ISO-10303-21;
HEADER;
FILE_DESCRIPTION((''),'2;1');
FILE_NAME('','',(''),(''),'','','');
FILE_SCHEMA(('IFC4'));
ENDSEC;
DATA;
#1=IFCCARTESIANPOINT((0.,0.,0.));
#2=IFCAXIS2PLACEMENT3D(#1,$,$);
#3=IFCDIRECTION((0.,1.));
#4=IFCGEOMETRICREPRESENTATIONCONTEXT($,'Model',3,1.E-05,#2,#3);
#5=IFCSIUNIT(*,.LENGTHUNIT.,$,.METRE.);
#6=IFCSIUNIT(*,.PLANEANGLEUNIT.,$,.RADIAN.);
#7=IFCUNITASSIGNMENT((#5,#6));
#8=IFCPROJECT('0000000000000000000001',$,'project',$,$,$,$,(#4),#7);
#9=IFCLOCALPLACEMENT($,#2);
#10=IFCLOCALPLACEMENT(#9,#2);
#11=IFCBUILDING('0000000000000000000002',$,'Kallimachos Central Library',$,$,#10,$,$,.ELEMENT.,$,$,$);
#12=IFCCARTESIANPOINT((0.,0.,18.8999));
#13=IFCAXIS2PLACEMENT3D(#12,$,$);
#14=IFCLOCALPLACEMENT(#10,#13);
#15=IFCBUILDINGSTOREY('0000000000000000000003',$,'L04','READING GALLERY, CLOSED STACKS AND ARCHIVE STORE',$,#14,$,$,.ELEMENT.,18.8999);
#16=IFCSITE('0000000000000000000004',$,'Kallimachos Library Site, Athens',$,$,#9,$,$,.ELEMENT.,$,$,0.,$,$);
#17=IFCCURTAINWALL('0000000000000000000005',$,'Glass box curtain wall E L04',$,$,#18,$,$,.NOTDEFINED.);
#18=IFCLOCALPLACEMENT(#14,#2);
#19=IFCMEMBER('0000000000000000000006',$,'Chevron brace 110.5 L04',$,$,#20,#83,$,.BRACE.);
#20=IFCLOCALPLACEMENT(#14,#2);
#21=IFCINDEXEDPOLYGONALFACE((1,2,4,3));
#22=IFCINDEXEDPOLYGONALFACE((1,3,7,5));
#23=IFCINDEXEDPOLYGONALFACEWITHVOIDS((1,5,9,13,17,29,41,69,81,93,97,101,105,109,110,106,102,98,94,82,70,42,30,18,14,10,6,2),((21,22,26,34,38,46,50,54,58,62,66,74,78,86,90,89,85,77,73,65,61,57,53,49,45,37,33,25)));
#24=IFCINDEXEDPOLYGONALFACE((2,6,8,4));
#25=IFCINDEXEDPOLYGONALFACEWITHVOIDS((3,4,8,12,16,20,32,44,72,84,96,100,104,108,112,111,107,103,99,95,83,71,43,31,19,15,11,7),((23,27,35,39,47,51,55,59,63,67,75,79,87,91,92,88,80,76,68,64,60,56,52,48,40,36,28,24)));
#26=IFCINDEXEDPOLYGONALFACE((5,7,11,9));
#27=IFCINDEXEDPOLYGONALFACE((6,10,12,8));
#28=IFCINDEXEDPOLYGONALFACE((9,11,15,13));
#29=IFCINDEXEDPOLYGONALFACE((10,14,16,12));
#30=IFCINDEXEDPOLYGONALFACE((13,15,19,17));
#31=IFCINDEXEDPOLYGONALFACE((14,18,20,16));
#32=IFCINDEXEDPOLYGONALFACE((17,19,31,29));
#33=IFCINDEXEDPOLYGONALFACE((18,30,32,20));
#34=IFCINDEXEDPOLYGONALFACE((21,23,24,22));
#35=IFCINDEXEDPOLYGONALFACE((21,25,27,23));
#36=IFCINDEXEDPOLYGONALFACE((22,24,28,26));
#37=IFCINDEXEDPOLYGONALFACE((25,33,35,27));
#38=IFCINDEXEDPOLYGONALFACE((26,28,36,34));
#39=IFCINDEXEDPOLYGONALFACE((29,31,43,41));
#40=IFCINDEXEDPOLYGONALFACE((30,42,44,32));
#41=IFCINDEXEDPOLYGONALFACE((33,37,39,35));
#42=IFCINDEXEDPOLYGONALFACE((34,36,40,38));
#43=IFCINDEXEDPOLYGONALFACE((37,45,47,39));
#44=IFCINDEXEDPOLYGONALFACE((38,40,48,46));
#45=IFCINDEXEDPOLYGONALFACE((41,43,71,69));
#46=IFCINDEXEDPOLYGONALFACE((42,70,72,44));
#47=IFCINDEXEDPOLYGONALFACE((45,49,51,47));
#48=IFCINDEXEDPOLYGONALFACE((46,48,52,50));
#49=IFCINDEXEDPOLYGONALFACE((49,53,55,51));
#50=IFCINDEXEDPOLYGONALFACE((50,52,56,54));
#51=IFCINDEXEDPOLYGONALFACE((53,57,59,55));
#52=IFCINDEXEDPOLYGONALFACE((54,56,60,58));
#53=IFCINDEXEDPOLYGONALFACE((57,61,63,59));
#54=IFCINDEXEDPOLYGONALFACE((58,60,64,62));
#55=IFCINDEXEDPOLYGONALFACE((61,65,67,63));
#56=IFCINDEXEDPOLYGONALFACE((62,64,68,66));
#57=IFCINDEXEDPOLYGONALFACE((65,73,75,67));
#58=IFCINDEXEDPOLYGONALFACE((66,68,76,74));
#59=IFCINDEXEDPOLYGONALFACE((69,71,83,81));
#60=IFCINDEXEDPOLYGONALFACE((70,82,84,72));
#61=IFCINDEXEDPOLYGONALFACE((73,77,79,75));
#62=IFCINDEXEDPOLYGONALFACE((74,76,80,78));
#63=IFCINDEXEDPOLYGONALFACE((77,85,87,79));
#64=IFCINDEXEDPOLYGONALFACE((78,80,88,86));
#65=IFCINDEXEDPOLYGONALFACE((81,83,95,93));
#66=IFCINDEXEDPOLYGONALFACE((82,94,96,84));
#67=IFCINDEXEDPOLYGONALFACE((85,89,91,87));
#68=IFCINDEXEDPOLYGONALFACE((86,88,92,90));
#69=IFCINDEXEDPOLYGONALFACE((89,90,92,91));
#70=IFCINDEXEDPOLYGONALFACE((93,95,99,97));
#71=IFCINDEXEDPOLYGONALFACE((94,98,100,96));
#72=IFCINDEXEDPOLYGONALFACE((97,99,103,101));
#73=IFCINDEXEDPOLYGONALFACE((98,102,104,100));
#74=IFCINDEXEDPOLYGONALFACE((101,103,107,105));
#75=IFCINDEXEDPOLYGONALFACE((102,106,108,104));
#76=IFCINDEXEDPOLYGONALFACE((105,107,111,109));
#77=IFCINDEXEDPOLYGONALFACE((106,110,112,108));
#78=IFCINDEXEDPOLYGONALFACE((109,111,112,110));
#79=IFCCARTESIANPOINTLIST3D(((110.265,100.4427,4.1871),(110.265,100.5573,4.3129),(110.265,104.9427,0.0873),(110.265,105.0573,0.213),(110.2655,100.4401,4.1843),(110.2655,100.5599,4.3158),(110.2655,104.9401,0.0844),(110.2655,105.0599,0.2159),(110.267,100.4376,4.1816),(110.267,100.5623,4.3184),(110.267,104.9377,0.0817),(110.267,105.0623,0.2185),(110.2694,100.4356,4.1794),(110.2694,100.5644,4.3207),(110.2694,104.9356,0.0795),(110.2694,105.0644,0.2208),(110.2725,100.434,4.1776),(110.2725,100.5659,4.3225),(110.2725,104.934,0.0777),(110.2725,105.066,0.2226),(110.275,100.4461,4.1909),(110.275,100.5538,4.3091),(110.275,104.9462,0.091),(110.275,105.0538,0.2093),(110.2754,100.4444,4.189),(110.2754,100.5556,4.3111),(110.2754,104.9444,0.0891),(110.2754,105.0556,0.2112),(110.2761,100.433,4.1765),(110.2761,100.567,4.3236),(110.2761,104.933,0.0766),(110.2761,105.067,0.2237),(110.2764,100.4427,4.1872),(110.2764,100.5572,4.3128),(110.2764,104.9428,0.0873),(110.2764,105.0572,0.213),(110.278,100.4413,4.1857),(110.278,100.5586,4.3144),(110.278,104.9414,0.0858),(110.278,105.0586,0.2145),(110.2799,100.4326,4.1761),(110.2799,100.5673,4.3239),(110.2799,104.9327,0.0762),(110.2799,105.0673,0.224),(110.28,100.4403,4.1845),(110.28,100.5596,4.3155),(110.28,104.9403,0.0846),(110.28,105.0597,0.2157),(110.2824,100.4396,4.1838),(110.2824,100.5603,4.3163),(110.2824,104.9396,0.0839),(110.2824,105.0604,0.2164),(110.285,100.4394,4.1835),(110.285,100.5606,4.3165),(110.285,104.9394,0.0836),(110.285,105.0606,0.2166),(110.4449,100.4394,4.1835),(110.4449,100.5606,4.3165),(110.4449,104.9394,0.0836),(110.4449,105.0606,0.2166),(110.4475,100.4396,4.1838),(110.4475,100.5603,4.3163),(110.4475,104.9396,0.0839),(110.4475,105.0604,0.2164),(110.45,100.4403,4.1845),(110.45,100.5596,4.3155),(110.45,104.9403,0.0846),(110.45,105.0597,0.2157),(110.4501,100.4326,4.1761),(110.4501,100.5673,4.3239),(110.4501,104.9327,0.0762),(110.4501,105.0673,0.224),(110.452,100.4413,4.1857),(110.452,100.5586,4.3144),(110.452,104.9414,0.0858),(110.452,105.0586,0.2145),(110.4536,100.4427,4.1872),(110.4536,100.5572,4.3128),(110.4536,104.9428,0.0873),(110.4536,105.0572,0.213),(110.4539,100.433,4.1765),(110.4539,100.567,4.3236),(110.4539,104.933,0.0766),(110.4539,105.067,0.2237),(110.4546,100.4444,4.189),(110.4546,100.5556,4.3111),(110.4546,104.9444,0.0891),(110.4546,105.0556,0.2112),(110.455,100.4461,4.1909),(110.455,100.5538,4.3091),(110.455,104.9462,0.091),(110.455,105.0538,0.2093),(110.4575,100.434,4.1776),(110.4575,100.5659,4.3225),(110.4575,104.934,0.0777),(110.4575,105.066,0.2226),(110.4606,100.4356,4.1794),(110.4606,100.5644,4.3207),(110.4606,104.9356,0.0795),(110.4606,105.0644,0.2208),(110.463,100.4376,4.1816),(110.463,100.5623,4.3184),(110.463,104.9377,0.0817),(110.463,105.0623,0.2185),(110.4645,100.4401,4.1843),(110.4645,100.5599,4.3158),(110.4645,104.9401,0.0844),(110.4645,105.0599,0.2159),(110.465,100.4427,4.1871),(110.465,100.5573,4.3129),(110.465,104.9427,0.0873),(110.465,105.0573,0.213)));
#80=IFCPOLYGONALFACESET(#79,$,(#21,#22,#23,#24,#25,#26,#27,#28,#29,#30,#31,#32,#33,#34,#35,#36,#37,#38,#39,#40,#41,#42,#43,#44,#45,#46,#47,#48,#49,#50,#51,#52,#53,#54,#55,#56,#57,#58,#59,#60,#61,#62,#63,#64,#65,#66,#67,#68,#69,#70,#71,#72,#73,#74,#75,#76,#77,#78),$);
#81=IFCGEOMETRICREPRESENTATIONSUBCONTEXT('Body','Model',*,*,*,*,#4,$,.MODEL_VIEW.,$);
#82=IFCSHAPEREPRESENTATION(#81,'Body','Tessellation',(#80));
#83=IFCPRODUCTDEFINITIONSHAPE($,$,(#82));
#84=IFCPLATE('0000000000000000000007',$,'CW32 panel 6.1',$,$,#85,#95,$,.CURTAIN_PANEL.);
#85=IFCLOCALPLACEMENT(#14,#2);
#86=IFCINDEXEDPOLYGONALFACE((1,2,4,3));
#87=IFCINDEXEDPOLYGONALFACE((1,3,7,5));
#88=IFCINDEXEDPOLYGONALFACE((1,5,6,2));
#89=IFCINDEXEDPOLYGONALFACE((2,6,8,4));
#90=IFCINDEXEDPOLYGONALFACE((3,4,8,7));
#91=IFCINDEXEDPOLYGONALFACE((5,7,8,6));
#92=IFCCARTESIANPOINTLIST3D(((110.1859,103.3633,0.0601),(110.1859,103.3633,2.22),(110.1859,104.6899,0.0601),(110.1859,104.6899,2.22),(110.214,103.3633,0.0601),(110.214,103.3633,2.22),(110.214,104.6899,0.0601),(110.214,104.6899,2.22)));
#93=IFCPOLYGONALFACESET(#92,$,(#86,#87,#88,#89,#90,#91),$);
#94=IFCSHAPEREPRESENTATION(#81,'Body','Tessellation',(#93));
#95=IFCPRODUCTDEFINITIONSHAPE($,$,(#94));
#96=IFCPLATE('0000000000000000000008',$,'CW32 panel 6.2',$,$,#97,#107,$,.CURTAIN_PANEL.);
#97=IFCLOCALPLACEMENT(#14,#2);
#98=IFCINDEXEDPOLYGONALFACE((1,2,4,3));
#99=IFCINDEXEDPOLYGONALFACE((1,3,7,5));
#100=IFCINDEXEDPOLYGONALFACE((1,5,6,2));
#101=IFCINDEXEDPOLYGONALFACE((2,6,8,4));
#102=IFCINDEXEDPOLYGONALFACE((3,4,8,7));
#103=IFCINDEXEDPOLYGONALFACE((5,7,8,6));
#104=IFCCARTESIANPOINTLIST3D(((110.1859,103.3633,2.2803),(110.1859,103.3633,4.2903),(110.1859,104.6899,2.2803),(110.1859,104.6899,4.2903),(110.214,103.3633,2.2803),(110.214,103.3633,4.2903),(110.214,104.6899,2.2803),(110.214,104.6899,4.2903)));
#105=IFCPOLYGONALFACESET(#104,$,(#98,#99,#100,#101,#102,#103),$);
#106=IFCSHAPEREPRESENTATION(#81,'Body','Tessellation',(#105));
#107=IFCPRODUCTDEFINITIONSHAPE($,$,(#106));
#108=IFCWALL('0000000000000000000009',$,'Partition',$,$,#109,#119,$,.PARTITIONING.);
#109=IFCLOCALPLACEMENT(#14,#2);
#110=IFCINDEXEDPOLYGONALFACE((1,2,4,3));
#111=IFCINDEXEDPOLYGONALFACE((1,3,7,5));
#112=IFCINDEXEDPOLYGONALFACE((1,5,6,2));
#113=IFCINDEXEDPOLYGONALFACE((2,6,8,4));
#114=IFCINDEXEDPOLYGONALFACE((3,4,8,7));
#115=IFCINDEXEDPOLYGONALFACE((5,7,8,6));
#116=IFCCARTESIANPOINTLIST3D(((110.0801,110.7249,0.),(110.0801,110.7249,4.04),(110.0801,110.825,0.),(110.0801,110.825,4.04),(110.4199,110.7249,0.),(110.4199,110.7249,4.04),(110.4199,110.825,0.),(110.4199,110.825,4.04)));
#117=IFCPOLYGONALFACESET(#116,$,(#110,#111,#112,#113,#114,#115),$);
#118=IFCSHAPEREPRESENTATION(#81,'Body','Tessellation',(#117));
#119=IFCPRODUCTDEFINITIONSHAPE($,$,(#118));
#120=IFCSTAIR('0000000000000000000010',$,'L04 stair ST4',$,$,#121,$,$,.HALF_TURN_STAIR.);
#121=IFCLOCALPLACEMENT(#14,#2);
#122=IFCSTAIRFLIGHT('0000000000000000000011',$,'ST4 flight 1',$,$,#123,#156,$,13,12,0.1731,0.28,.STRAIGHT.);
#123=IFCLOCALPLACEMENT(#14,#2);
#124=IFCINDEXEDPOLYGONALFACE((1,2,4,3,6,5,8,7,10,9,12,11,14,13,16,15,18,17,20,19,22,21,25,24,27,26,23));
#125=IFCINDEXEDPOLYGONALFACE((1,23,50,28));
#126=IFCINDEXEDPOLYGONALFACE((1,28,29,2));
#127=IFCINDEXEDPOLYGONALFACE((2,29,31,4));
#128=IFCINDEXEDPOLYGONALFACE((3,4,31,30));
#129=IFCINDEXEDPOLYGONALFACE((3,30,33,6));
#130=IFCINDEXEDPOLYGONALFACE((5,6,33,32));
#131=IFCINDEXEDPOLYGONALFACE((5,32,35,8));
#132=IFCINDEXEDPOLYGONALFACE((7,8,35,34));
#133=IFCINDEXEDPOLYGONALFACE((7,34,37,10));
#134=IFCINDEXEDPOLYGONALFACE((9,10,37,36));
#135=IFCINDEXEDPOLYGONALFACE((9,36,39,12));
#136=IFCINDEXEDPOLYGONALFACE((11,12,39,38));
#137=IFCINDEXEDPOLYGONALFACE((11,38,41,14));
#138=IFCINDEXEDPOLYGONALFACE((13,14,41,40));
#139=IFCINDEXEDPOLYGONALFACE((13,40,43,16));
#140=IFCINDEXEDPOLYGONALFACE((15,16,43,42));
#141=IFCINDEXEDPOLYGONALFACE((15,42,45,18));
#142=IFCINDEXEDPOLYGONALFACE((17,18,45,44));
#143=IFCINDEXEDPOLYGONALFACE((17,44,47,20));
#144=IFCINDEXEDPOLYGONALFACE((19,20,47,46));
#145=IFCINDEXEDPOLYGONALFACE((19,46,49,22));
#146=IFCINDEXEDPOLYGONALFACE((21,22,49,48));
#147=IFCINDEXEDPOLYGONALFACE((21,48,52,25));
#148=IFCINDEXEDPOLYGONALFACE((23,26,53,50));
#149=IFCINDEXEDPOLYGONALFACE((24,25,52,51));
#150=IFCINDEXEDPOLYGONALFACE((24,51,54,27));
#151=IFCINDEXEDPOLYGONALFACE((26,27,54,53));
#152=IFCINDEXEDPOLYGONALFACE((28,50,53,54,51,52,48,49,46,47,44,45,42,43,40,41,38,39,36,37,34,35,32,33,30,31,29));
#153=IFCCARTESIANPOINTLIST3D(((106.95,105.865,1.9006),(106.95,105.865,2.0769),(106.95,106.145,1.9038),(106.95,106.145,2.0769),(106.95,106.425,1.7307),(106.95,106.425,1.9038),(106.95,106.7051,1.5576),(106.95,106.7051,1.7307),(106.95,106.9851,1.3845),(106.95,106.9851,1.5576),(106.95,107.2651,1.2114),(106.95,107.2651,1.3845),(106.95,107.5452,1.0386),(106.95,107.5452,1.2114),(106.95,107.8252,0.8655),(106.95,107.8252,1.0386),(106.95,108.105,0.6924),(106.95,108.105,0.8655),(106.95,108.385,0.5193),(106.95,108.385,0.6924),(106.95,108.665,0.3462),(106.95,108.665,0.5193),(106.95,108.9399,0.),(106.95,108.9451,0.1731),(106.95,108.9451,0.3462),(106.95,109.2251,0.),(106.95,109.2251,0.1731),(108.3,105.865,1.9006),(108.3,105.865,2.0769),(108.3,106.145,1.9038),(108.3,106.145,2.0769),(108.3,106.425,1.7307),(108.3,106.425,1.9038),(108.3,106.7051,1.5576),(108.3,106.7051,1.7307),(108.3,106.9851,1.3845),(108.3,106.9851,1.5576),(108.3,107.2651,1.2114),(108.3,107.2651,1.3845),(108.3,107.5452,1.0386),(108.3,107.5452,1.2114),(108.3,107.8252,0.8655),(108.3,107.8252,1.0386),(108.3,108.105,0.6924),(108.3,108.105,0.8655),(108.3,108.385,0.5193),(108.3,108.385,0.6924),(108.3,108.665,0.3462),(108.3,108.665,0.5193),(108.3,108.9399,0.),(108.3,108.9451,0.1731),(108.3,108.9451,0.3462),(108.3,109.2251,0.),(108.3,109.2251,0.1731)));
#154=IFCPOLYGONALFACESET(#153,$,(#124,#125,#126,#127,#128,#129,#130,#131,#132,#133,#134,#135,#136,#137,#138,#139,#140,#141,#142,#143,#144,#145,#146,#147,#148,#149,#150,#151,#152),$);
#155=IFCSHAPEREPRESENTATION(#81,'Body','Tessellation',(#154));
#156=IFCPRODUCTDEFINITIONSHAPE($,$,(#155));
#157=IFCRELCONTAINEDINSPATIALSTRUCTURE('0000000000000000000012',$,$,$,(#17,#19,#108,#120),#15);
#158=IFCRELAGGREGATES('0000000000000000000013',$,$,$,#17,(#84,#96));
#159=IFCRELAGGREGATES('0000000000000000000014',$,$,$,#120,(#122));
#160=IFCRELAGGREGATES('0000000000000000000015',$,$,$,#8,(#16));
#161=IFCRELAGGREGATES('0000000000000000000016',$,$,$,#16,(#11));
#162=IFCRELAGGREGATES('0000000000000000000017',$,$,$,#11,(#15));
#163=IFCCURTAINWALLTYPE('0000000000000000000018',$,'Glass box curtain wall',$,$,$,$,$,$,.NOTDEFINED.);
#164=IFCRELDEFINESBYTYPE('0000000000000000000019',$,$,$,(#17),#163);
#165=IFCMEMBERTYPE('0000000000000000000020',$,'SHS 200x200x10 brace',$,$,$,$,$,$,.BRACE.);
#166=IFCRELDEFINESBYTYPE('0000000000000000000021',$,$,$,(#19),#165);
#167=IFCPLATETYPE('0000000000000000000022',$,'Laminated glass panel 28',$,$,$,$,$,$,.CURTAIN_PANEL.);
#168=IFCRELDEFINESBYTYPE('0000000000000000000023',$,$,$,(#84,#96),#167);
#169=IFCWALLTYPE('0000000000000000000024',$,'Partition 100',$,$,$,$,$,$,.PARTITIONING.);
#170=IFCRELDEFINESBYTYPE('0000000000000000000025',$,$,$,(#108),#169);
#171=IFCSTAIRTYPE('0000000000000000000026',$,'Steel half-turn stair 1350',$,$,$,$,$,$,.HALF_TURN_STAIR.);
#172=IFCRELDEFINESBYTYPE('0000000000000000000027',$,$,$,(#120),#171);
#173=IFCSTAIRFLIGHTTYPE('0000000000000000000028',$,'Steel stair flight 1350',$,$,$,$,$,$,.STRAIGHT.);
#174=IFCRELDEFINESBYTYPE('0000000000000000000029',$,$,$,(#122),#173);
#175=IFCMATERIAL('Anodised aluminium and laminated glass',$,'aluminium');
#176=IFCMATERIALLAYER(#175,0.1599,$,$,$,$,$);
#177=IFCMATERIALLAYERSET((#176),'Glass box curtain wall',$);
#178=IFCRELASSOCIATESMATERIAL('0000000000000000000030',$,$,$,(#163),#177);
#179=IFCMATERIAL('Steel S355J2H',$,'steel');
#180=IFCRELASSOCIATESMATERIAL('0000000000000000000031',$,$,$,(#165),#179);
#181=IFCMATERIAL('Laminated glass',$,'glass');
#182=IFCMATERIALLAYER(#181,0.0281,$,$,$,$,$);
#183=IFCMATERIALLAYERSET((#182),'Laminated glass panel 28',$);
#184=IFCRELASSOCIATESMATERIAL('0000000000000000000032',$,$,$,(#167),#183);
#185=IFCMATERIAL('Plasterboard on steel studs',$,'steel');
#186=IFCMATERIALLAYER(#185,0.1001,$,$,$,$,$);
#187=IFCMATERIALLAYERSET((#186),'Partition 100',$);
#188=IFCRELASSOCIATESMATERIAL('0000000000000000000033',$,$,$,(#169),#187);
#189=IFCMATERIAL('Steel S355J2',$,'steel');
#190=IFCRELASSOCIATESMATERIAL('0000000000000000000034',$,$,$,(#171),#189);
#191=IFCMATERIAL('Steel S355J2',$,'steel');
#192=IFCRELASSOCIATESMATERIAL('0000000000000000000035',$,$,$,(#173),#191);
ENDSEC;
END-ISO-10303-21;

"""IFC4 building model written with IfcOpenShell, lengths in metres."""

from ifc_helpers import new_model, si_unit, direction, frame, frame_2d, origin, origin_2d, place, context, subcontext, project, spatial, polyline, rectangle, hollow_rectangle, outline, extrude, material, layer, layer_set, material_profile, profile_set, type_object, element, aggregate, save


model = new_model("IFC4")

# Units and contexts
model_context = context("Model", 3, precision=1e-05, world=origin(), true_north=direction((0.0, 1.0)))
body_context = subcontext(model_context, "Body", "Model", "MODEL_VIEW")
ifc_project = project(units=[si_unit("LENGTHUNIT", "METRE"), si_unit("PLANEANGLEUNIT", "RADIAN")], contexts=[model_context])

# Site, building, storey
site_placement = place(None, origin())
site = spatial("IfcSite", under=ifc_project, at=site_placement, Name="Kallimachos Library Site, Athens", CompositionType="ELEMENT", RefElevation=0.0)
building_placement = place(site_placement, origin())
building = spatial("IfcBuilding", under=site, at=building_placement, Name="Kallimachos Central Library", CompositionType="ELEMENT")
storey_placement = place(building_placement, frame((0.0, 0.0, 18.8999)))
storey = spatial("IfcBuildingStorey", under=building, at=storey_placement, Name="L04", Description="READING GALLERY, CLOSED STACKS AND ARCHIVE STORE", CompositionType="ELEMENT", Elevation=18.8999)

# Curtain wall
ifc_material_1 = material(Name="Anodised aluminium and laminated glass", Category="aluminium")
ifc_layer_1 = layer(ifc_material_1, 0.1599)
ifc_layer_set_1 = layer_set([ifc_layer_1], Name="Glass box curtain wall")
curtain_wall_type = type_object("IfcCurtainWallType", Name="Glass box curtain wall", PredefinedType="NOTDEFINED", material=ifc_layer_set_1)
curtain_wall_placement = place(storey_placement, origin())
curtain_wall = element("IfcCurtainWall", 1, at=curtain_wall_placement, inside=storey, type_object=curtain_wall_type, Name="Glass box curtain wall E L04", PredefinedType="NOTDEFINED")

# Member
ifc_material_2 = material(Name="Steel S355J2H", Category="steel")
ifc_material_profile_1 = material_profile(ifc_material_2, hollow_rectangle(XDim=0.2, YDim=0.2, WallThickness=0.01, InnerFilletRadius=0.01, OuterFilletRadius=0.0149, at=origin_2d()), Name="SHS 200x200x10")
ifc_profile_set_1 = profile_set([ifc_material_profile_1], Name="Steel S355J2H")
member_type_1 = type_object("IfcMemberType", Name="SHS 200x200x10 brace", PredefinedType="BRACE", material=ifc_profile_set_1)
member_1_placement = place(storey_placement, frame((110.365, 105.0, 0.1501), z_axis=(0.0, -0.739208, 0.673477), x_axis=(1.0, 0.0, 0.0)))
element("IfcMember", 2, at=member_1_placement, inside=storey, type_object=member_type_1, Name="Chevron brace 110.5 L04", PredefinedType="BRACE", context=body_context, shape_type="SweptSolid", body=[
    extrude(hollow_rectangle(XDim=0.2, YDim=0.2, WallThickness=0.01, InnerFilletRadius=0.01, OuterFilletRadius=0.0149, at=origin_2d()), origin(), (0.0, 0.0, 1.0), 6.0876),
])

# Plates
ifc_material_3 = material(Name="Laminated glass", Category="glass")
ifc_layer_2 = layer(ifc_material_3, 0.0281)
ifc_layer_set_2 = layer_set([ifc_layer_2], Name="Laminated glass panel 28")
plate_type = type_object("IfcPlateType", Name="Laminated glass panel 28", PredefinedType="CURTAIN_PANEL", material=ifc_layer_set_2)
plate_1_placement = place(storey_placement, frame((110.2, 104.0266, 0.0601), z_axis=(0.0, 0.0, 1.0), x_axis=(0.0, 1.0, 0.0)))
plate_1 = element("IfcPlate", 3, at=plate_1_placement, type_object=plate_type, Name="CW32 panel 6.1", PredefinedType="CURTAIN_PANEL", context=body_context, shape_type="SweptSolid", body=[
    extrude(rectangle(XDim=1.3267, YDim=0.0281, at=origin_2d()), origin(), (0.0, 0.0, 1.0), 2.1599),
])
plate_2_placement = place(storey_placement, frame((110.2, 104.0266, 2.2803), z_axis=(0.0, 0.0, 1.0), x_axis=(0.0, 1.0, 0.0)))
plate_2 = element("IfcPlate", 4, at=plate_2_placement, type_object=plate_type, Name="CW32 panel 6.2", PredefinedType="CURTAIN_PANEL", context=body_context, shape_type="SweptSolid", body=[
    extrude(rectangle(XDim=1.3267, YDim=0.0281, at=origin_2d()), origin(), (0.0, 0.0, 1.0), 2.01),
])
aggregate(curtain_wall, [plate_1, plate_2])

# Wall
ifc_material_4 = material(Name="Plasterboard on steel studs", Category="steel")
ifc_layer_3 = layer(ifc_material_4, 0.1001)
ifc_layer_set_3 = layer_set([ifc_layer_3], Name="Partition 100")
wall_type = type_object("IfcWallType", Name="Partition 100", PredefinedType="PARTITIONING", material=ifc_layer_set_3)
wall_placement = place(storey_placement, frame((110.4199, 110.7749, 0.0), z_axis=(0.0, 0.0, 1.0), x_axis=(-1.0, 0.0, 0.0)))
element("IfcWall", 5, at=wall_placement, inside=storey, type_object=wall_type, Name="Partition", PredefinedType="PARTITIONING", context=body_context, shape_type="SweptSolid", body=[
    extrude(rectangle(XDim=0.3398, YDim=0.1001, at=frame_2d((0.1699, 0.0))), origin(), (0.0, 0.0, 1.0), 4.04),
])

# Stair, stair flight
ifc_material_5 = material(Name="Steel S355J2", Category="steel")
stair_type = type_object("IfcStairType", Name="Steel half-turn stair 1350", PredefinedType="HALF_TURN_STAIR", material=ifc_material_5)
stair_placement = place(storey_placement, origin())
stair = element("IfcStair", 6, at=stair_placement, inside=storey, type_object=stair_type, Name="L04 stair ST4", PredefinedType="HALF_TURN_STAIR")
ifc_material_6 = material(Name="Steel S355J2", Category="steel")
stair_flight_type = type_object("IfcStairFlightType", Name="Steel stair flight 1350", PredefinedType="STRAIGHT", material=ifc_material_6)
stair_flight_1_placement = place(storey_placement, frame((107.625, 109.2251, 0.0), z_axis=(0.0, 0.0, 1.0), x_axis=(0.0, -1.0, 0.0)))
stair_flight_1 = element("IfcStairFlight", 7, at=stair_flight_1_placement, type_object=stair_flight_type, Name="ST4 flight 1", NumberOfRisers=13, NumberOfTreads=12, PredefinedType="STRAIGHT", RiserHeight=0.1731, TreadLength=0.28, context=body_context, shape_type="SweptSolid", body=[
    extrude(outline(polyline([(0.0, 0.0), (0.0, 0.1731), (0.28, 0.1731), (0.28, 0.3462), (0.5601, 0.3462), (0.5601, 0.5193), (0.8401, 0.5193), (0.8401, 0.6924), (1.1201, 0.6924), (1.1201, 0.8655), (1.3999, 0.8655), (1.3999, 1.0386), (1.6799, 1.0386), (1.6799, 1.2114), (1.96, 1.2114), (1.96, 1.3845), (2.24, 1.3845), (2.24, 1.5576), (2.52, 1.5576), (2.52, 1.7307), (2.8, 1.7307), (2.8, 1.9038), (3.0801, 1.9038), (3.0801, 2.0769), (3.3601, 2.0769), (3.3601, 2.25), (3.3601, 1.9006), (0.2852, 0.0), (0.0, 0.0)])), frame((0.0, 0.675, 0.0), z_axis=(0.0, -1.0, 0.0), x_axis=(1.0, 0.0, 0.0)), (0.0, 0.0, 1.0), 1.3501),
])
aggregate(stair, [stair_flight_1])

save(model, "model.ifc")
